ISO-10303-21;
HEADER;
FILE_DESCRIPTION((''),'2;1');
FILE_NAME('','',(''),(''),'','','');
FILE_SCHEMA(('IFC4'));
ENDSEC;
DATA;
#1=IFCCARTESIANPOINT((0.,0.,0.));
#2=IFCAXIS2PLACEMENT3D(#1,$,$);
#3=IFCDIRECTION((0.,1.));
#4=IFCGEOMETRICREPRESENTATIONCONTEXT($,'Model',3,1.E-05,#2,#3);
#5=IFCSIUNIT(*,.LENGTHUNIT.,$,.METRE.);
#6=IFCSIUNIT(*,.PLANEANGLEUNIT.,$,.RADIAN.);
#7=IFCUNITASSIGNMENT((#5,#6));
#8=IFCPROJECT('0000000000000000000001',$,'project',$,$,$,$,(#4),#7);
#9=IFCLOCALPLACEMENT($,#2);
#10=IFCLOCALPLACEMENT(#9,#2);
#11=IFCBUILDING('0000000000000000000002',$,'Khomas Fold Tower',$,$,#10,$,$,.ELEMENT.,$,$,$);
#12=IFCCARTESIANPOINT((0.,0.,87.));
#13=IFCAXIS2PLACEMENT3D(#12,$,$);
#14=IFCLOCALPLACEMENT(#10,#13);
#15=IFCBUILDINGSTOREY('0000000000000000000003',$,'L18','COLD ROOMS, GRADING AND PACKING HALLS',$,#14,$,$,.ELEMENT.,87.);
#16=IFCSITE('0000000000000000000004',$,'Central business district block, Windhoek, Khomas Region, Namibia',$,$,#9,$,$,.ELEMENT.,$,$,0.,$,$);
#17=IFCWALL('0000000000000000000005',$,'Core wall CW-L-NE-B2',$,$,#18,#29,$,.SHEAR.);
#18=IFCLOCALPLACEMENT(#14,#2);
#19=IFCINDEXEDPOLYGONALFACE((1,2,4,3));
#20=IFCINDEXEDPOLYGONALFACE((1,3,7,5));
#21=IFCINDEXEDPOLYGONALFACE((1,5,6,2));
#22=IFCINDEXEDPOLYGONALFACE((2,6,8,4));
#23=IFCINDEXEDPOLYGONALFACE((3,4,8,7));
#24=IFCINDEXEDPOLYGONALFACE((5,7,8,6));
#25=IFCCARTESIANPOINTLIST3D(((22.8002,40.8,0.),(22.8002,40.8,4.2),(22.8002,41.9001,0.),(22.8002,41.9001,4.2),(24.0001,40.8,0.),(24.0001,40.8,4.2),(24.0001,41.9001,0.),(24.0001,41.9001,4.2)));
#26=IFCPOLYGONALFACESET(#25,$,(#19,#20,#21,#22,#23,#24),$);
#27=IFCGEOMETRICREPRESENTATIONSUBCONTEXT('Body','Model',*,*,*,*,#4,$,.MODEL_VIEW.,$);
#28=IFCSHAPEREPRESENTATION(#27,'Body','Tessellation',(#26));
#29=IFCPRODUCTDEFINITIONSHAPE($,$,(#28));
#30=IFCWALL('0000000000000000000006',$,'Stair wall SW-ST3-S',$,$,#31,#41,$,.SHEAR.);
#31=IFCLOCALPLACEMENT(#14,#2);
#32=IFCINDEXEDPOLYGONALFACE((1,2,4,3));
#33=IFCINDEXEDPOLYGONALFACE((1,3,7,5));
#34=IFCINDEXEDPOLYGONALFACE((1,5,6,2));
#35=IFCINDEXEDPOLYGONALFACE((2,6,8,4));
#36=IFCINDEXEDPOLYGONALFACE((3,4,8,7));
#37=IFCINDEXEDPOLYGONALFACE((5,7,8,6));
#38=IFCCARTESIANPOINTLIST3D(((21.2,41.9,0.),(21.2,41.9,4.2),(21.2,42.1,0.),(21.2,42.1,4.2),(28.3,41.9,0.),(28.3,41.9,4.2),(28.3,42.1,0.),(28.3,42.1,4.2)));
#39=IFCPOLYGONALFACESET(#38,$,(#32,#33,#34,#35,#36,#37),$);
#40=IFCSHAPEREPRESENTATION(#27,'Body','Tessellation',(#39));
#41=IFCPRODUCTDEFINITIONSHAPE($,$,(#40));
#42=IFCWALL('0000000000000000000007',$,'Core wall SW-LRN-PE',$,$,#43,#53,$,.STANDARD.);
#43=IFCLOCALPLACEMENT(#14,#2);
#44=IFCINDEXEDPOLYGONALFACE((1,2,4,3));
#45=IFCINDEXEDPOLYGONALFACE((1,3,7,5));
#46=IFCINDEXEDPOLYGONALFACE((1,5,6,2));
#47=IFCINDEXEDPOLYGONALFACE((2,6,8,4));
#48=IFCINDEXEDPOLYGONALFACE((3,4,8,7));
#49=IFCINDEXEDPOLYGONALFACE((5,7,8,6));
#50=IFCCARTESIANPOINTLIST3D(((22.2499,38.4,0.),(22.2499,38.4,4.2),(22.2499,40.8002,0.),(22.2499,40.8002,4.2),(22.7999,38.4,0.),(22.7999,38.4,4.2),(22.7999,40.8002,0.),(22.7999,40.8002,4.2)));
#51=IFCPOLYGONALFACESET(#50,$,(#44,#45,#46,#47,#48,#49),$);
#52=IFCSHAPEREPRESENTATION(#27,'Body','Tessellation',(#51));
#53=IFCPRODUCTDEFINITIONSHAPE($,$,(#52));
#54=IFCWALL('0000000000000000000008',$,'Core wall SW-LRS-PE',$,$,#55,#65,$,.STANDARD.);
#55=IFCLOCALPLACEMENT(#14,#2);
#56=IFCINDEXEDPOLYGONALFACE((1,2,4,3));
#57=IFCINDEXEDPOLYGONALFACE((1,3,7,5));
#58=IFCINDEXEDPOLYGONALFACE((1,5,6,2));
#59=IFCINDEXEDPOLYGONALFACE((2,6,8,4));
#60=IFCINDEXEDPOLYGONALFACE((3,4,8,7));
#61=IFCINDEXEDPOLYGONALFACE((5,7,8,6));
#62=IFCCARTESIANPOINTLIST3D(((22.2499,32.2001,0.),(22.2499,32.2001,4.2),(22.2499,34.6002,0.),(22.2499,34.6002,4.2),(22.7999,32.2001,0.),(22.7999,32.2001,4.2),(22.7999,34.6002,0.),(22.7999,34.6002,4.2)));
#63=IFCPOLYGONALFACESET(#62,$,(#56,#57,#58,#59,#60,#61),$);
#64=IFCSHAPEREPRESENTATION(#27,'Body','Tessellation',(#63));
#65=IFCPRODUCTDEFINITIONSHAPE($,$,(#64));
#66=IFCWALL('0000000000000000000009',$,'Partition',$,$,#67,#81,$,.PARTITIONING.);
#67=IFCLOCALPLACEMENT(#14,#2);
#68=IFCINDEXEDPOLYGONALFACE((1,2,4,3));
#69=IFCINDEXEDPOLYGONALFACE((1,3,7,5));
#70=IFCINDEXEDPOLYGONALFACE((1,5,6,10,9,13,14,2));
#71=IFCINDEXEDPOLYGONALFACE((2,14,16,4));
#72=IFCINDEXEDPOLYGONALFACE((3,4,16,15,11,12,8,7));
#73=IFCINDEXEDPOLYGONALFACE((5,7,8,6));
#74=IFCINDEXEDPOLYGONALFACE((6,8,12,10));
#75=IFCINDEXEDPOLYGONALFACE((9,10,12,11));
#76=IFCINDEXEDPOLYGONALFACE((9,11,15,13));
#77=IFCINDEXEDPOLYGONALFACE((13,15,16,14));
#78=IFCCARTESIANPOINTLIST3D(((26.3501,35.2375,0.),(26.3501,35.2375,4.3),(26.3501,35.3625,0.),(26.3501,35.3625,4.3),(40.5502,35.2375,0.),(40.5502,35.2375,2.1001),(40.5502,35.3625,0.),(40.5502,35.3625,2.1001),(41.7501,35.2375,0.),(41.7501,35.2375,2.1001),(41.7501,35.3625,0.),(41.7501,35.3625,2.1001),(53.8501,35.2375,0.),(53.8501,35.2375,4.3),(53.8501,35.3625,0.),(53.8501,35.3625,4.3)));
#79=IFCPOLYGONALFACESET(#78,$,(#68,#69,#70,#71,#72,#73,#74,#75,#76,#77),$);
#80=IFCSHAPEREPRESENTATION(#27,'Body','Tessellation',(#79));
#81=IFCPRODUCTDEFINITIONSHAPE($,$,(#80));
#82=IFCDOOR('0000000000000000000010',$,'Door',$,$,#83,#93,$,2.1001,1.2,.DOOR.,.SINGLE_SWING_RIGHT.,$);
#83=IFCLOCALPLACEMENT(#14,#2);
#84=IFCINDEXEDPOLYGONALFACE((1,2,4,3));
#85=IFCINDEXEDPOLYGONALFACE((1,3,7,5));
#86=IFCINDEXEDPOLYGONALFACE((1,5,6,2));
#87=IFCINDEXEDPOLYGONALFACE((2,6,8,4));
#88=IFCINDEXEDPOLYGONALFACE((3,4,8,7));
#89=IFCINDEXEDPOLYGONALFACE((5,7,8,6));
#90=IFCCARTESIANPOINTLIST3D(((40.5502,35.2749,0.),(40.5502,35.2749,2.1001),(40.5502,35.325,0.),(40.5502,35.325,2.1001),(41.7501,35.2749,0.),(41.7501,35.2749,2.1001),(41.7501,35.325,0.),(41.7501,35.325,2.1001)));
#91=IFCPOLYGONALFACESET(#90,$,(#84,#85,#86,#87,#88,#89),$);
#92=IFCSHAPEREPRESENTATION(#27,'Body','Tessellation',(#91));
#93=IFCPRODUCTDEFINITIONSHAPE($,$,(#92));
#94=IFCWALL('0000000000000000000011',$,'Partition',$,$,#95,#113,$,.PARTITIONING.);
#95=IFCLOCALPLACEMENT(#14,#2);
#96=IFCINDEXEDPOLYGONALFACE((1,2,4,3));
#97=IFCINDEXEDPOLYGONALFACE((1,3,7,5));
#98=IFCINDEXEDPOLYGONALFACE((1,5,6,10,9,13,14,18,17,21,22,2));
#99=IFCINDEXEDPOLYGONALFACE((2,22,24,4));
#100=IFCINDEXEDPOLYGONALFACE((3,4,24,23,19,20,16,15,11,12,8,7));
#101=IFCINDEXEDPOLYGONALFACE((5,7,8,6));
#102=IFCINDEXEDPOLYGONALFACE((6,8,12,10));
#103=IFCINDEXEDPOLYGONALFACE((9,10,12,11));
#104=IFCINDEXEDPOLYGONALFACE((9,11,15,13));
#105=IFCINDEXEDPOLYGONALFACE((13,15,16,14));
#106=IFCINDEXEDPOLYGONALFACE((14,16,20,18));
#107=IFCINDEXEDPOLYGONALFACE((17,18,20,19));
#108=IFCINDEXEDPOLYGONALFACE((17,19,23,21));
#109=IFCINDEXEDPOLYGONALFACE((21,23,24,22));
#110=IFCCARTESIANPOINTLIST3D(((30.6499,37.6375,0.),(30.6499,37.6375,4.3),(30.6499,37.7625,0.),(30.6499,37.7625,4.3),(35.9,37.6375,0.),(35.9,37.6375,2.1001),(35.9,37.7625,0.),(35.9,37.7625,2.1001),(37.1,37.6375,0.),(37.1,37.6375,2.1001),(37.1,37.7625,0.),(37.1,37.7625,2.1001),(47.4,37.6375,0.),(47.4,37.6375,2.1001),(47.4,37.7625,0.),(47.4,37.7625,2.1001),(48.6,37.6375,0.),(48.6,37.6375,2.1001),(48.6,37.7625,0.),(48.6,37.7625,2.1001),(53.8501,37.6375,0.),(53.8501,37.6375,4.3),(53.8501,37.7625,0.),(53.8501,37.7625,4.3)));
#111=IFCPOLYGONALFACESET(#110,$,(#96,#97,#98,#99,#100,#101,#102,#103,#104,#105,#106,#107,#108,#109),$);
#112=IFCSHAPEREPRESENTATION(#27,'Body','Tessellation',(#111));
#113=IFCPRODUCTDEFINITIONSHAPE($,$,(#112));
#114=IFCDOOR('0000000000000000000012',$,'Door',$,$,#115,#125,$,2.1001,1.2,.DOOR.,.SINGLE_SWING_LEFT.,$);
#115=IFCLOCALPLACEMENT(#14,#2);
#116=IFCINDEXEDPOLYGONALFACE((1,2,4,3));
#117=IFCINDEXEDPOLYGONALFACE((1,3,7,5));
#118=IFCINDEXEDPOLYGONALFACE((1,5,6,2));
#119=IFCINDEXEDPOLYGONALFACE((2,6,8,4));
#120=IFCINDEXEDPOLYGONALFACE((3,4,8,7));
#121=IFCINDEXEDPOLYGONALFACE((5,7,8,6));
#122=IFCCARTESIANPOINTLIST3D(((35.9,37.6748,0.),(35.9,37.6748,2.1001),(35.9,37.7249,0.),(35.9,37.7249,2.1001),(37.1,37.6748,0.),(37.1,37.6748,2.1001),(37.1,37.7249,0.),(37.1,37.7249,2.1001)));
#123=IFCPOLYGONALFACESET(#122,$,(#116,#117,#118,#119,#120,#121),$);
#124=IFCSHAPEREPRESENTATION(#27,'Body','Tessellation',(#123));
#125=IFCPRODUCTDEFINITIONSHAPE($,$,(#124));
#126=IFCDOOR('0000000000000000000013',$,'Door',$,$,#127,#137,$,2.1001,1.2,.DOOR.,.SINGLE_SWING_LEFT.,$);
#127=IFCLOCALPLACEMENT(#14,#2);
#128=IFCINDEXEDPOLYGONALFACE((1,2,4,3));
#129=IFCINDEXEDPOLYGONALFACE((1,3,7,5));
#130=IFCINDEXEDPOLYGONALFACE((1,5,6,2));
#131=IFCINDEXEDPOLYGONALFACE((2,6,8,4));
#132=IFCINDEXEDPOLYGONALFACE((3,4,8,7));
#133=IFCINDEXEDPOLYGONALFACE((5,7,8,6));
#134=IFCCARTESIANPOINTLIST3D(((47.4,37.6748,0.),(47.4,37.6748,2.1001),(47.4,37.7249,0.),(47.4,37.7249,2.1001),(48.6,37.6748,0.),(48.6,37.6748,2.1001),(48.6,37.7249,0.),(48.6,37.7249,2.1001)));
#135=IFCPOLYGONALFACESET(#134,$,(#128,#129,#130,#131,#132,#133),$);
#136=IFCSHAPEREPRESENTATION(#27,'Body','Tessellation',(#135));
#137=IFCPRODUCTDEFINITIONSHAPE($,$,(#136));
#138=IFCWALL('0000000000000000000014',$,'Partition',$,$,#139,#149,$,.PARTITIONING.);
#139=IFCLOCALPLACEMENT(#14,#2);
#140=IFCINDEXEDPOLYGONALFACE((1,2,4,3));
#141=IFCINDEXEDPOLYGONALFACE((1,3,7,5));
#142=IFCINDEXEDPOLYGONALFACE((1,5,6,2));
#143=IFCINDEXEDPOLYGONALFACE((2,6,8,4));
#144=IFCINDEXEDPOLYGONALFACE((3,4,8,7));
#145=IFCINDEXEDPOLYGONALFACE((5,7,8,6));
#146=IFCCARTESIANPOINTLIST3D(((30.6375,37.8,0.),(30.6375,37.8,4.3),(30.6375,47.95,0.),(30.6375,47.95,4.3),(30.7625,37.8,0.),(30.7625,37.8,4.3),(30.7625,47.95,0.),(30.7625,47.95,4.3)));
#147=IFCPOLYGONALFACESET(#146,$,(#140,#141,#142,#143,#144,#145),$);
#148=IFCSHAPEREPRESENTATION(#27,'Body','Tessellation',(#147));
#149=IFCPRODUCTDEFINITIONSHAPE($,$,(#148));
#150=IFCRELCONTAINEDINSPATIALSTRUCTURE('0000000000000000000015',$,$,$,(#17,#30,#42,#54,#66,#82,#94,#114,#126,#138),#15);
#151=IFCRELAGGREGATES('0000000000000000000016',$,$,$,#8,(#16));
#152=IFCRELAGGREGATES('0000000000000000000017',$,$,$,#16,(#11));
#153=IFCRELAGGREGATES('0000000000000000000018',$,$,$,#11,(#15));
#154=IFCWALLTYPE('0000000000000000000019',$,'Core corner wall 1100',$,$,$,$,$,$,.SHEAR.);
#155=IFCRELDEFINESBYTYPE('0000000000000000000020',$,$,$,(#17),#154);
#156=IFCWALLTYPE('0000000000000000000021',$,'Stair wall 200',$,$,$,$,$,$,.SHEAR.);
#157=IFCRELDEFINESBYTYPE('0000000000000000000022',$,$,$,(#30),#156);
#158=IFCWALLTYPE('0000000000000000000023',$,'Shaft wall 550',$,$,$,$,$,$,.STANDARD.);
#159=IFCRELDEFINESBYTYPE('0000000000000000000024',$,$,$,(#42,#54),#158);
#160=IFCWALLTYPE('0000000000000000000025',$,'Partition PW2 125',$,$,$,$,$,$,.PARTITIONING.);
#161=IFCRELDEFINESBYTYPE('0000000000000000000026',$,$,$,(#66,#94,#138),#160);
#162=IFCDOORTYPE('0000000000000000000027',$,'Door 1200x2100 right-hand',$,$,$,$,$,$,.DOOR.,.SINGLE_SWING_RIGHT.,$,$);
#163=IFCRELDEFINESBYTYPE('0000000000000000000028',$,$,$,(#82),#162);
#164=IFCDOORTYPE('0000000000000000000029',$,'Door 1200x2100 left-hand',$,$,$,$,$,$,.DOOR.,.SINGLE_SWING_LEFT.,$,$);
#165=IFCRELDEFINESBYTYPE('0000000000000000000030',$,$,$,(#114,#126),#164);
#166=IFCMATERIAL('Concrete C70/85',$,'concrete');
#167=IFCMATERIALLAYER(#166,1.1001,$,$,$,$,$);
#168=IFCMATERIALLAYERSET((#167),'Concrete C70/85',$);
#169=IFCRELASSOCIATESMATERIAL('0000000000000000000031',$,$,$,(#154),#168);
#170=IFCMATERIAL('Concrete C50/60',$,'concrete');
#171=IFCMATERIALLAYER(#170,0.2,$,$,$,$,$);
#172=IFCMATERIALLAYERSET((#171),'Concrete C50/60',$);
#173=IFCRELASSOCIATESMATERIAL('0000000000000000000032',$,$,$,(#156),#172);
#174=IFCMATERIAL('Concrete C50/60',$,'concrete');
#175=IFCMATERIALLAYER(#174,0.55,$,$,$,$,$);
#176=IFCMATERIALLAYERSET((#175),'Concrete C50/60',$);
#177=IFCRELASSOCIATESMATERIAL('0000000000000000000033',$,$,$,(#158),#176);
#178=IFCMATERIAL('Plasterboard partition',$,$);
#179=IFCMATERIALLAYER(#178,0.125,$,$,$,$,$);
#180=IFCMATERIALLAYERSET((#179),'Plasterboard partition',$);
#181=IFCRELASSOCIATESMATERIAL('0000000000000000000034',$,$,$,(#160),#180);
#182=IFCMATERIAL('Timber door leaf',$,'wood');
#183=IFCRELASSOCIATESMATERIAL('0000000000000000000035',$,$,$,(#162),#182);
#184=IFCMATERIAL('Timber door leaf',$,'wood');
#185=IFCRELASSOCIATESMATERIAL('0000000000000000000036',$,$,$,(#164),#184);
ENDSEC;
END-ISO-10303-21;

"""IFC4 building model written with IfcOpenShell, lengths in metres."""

from ifc_helpers import new_model, si_unit, direction, frame, frame_2d, origin, place, context, subcontext, project, spatial, rectangle, extrude, source, transform, mapped, material, layer, layer_set, type_object, element, fill, save


model = new_model("IFC4")

# Units and contexts
model_context = context("Model", 3, precision=1e-05, world=origin(), true_north=direction((0.0, 1.0)))
body_context = subcontext(model_context, "Body", "Model", "MODEL_VIEW")
ifc_project = project(units=[si_unit("LENGTHUNIT", "METRE"), si_unit("PLANEANGLEUNIT", "RADIAN")], contexts=[model_context])

# Site, building, storey
site_placement = place(None, origin())
site = spatial("IfcSite", under=ifc_project, at=site_placement, Name="Central business district block, Windhoek, Khomas Region, Namibia", CompositionType="ELEMENT", RefElevation=0.0)
building_placement = place(site_placement, origin())
building = spatial("IfcBuilding", under=site, at=building_placement, Name="Khomas Fold Tower", CompositionType="ELEMENT")
storey_placement = place(building_placement, frame((0.0, 0.0, 87.0)))
storey = spatial("IfcBuildingStorey", under=building, at=storey_placement, Name="L18", Description="COLD ROOMS, GRADING AND PACKING HALLS", CompositionType="ELEMENT", Elevation=87.0)

# Walls
ifc_material_1 = material(Name="Concrete C70/85", Category="concrete")
ifc_layer_1 = layer(ifc_material_1, 1.1001)
ifc_layer_set_1 = layer_set([ifc_layer_1], Name="Concrete C70/85")
wall_type_1 = type_object("IfcWallType", Name="Core corner wall 1100", PredefinedType="SHEAR", material=ifc_layer_set_1)
shared_shape_1 = source(origin(), body_context, "Body", "SweptSolid", [
    extrude(rectangle(XDim=1.2, YDim=1.1001, at=frame_2d((0.6001, 0.0))), origin(), (0.0, 0.0, 1.0), 4.2),
])
wall_1_placement = place(storey_placement, frame((22.8, 41.3501, 0.0), z_axis=(0.0, 0.0, 1.0), x_axis=(1.0, 0.0, 0.0)))
element("IfcWall", 1, at=wall_1_placement, inside=storey, type_object=wall_type_1, Name="Core wall CW-L-NE-B2", PredefinedType="SHEAR", context=body_context, shape_type="MappedRepresentation", body=[
    mapped(shared_shape_1, transform((0.0, 0.0, 0.0))),
])
ifc_material_2 = material(Name="Concrete C50/60", Category="concrete")
ifc_layer_2 = layer(ifc_material_2, 0.2)
ifc_layer_set_2 = layer_set([ifc_layer_2], Name="Concrete C50/60")
wall_type_2 = type_object("IfcWallType", Name="Stair wall 200", PredefinedType="SHEAR", material=ifc_layer_set_2)
shared_shape_2 = source(origin(), body_context, "Body", "SweptSolid", [
    extrude(rectangle(XDim=7.1001, YDim=0.2, at=frame_2d((3.55, 0.0))), origin(), (0.0, 0.0, 1.0), 4.2),
])
wall_2_placement = place(storey_placement, frame((21.2, 42.0, 0.0), z_axis=(0.0, 0.0, 1.0), x_axis=(1.0, 0.0, 0.0)))
element("IfcWall", 2, at=wall_2_placement, inside=storey, type_object=wall_type_2, Name="Stair wall SW-ST3-S", PredefinedType="SHEAR", context=body_context, shape_type="MappedRepresentation", body=[
    mapped(shared_shape_2, transform((0.0, 0.0, 0.0))),
])
ifc_material_3 = material(Name="Concrete C50/60", Category="concrete")
ifc_layer_3 = layer(ifc_material_3, 0.55)
ifc_layer_set_3 = layer_set([ifc_layer_3], Name="Concrete C50/60")
wall_type_3 = type_object("IfcWallType", Name="Shaft wall 550", PredefinedType="STANDARD", material=ifc_layer_set_3)
shared_shape_3 = source(origin(), body_context, "Body", "SweptSolid", [
    extrude(rectangle(XDim=2.4001, YDim=0.55, at=frame_2d((1.2002, 0.0))), origin(), (0.0, 0.0, 1.0), 4.2),
])
for number, where, z_axis, x_axis, name in (
    (3, (22.5249, 38.3999, 0.0), (0.0, 0.0, 1.0), (0.0, 1.0, 0.0), "Core wall SW-LRN-PE"),
    (4, (22.5249, 32.2, 0.0), (0.0, 0.0, 1.0), (0.0, 1.0, 0.0), "Core wall SW-LRS-PE"),
):
    element("IfcWall", number, at=place(storey_placement, frame(where, z_axis=z_axis, x_axis=x_axis)), inside=storey, type_object=wall_type_3, Name=name, PredefinedType="STANDARD", context=body_context, shape_type="MappedRepresentation", body=[
        mapped(shared_shape_3, transform((0.0, 0.0, 0.0))),
    ])

# Wall, opening, door
ifc_material_4 = material(Name="Plasterboard partition")
ifc_layer_4 = layer(ifc_material_4, 0.125)
ifc_layer_set_4 = layer_set([ifc_layer_4], Name="Plasterboard partition")
wall_type_4 = type_object("IfcWallType", Name="Partition PW2 125", PredefinedType="PARTITIONING", material=ifc_layer_set_4)
shared_shape_4 = source(origin(), body_context, "Body", "SweptSolid", [
    extrude(rectangle(XDim=27.5, YDim=0.125, at=frame_2d((13.75, 0.0))), origin(), (0.0, 0.0, 1.0), 4.3),
])
wall_3_placement = place(storey_placement, frame((26.3501, 35.3, 0.0), z_axis=(0.0, 0.0, 1.0), x_axis=(1.0, 0.0, 0.0)))
wall_3 = element("IfcWall", 5, at=wall_3_placement, inside=storey, type_object=wall_type_4, Name="Partition", PredefinedType="PARTITIONING", context=body_context, shape_type="MappedRepresentation", body=[
    mapped(shared_shape_4, transform((0.0, 0.0, 0.0))),
])
shared_shape_5 = source(origin(), body_context, "Body", "SweptSolid", [
    extrude(rectangle(XDim=1.2, YDim=2.1001, at=frame_2d((0.6001, 1.05))), frame((0.0, 0.0725, 0.0), z_axis=(0.0, -1.0, 0.0), x_axis=(1.0, 0.0, 0.0)), (0.0, 0.0, 1.0), 0.145),
])
opening_1_placement = place(wall_3_placement, frame((14.2, 0.0, 0.0)))
opening_1 = element("IfcOpeningElement", 6, at=opening_1_placement, cuts=wall_3, PredefinedType="OPENING", context=body_context, shape_type="MappedRepresentation", body=[
    mapped(shared_shape_5, transform((0.0, 0.0, 0.0))),
])
ifc_material_5 = material(Name="Timber door leaf", Category="wood")
door_type_1 = type_object("IfcDoorType", Name="Door 1200x2100 right-hand", OperationType="SINGLE_SWING_RIGHT", PredefinedType="DOOR", material=ifc_material_5)
shared_shape_6 = source(origin(), body_context, "Body", "SweptSolid", [
    extrude(rectangle(XDim=1.2, YDim=2.1001, at=frame_2d((0.6001, 1.05))), frame((0.0, 0.0249, 0.0), z_axis=(0.0, -1.0, 0.0), x_axis=(1.0, 0.0, 0.0)), (0.0, 0.0, 1.0), 0.05),
])
door_1_placement = place(opening_1_placement, origin())
door_1 = element("IfcDoor", 7, at=door_1_placement, inside=storey, type_object=door_type_1, Name="Door", OperationType="SINGLE_SWING_RIGHT", OverallHeight=2.1001, OverallWidth=1.2, PredefinedType="DOOR", context=body_context, shape_type="MappedRepresentation", body=[
    mapped(shared_shape_6, transform((0.0, 0.0, 0.0))),
])
fill(opening_1, door_1)

# Wall, openings, doors
shared_shape_7 = source(origin(), body_context, "Body", "SweptSolid", [
    extrude(rectangle(XDim=23.2002, YDim=0.125, at=frame_2d((11.6001, 0.0))), origin(), (0.0, 0.0, 1.0), 4.3),
])
wall_4_placement = place(storey_placement, frame((30.6499, 37.7, 0.0), z_axis=(0.0, 0.0, 1.0), x_axis=(1.0, 0.0, 0.0)))
wall_4 = element("IfcWall", 8, at=wall_4_placement, inside=storey, type_object=wall_type_4, Name="Partition", PredefinedType="PARTITIONING", context=body_context, shape_type="MappedRepresentation", body=[
    mapped(shared_shape_7, transform((0.0, 0.0, 0.0))),
])
opening_2_placement = place(wall_4_placement, frame((5.25, 0.0, 0.0)))
opening_2 = element("IfcOpeningElement", 9, at=opening_2_placement, cuts=wall_4, PredefinedType="OPENING", context=body_context, shape_type="MappedRepresentation", body=[
    mapped(shared_shape_5, transform((0.0, 0.0, 0.0))),
])
opening_3_placement = place(wall_4_placement, frame((16.75, 0.0, 0.0)))
opening_3 = element("IfcOpeningElement", 10, at=opening_3_placement, cuts=wall_4, PredefinedType="OPENING", context=body_context, shape_type="MappedRepresentation", body=[
    mapped(shared_shape_5, transform((0.0, 0.0, 0.0))),
])
ifc_material_6 = material(Name="Timber door leaf", Category="wood")
door_type_2 = type_object("IfcDoorType", Name="Door 1200x2100 left-hand", OperationType="SINGLE_SWING_LEFT", PredefinedType="DOOR", material=ifc_material_6)
door_2_placement = place(opening_2_placement, origin())
door_2 = element("IfcDoor", 11, at=door_2_placement, inside=storey, type_object=door_type_2, Name="Door", OperationType="SINGLE_SWING_LEFT", OverallHeight=2.1001, OverallWidth=1.2, PredefinedType="DOOR", context=body_context, shape_type="MappedRepresentation", body=[
    mapped(shared_shape_6, transform((0.0, 0.0, 0.0))),
])
fill(opening_2, door_2)
door_3_placement = place(opening_3_placement, origin())
door_3 = element("IfcDoor", 12, at=door_3_placement, inside=storey, type_object=door_type_2, Name="Door", OperationType="SINGLE_SWING_LEFT", OverallHeight=2.1001, OverallWidth=1.2, PredefinedType="DOOR", context=body_context, shape_type="MappedRepresentation", body=[
    mapped(shared_shape_6, transform((0.0, 0.0, 0.0))),
])
fill(opening_3, door_3)

# Wall
shared_shape_8 = source(origin(), body_context, "Body", "SweptSolid", [
    extrude(rectangle(XDim=10.1499, YDim=0.125, at=frame_2d((5.075, 0.0))), origin(), (0.0, 0.0, 1.0), 4.3),
])
wall_5_placement = place(storey_placement, frame((30.7, 37.8, 0.0), z_axis=(0.0, 0.0, 1.0), x_axis=(0.0, 1.0, 0.0)))
element("IfcWall", 13, at=wall_5_placement, inside=storey, type_object=wall_type_4, Name="Partition", PredefinedType="PARTITIONING", context=body_context, shape_type="MappedRepresentation", body=[
    mapped(shared_shape_8, transform((0.0, 0.0, 0.0))),
])

save(model, "model.ifc")
